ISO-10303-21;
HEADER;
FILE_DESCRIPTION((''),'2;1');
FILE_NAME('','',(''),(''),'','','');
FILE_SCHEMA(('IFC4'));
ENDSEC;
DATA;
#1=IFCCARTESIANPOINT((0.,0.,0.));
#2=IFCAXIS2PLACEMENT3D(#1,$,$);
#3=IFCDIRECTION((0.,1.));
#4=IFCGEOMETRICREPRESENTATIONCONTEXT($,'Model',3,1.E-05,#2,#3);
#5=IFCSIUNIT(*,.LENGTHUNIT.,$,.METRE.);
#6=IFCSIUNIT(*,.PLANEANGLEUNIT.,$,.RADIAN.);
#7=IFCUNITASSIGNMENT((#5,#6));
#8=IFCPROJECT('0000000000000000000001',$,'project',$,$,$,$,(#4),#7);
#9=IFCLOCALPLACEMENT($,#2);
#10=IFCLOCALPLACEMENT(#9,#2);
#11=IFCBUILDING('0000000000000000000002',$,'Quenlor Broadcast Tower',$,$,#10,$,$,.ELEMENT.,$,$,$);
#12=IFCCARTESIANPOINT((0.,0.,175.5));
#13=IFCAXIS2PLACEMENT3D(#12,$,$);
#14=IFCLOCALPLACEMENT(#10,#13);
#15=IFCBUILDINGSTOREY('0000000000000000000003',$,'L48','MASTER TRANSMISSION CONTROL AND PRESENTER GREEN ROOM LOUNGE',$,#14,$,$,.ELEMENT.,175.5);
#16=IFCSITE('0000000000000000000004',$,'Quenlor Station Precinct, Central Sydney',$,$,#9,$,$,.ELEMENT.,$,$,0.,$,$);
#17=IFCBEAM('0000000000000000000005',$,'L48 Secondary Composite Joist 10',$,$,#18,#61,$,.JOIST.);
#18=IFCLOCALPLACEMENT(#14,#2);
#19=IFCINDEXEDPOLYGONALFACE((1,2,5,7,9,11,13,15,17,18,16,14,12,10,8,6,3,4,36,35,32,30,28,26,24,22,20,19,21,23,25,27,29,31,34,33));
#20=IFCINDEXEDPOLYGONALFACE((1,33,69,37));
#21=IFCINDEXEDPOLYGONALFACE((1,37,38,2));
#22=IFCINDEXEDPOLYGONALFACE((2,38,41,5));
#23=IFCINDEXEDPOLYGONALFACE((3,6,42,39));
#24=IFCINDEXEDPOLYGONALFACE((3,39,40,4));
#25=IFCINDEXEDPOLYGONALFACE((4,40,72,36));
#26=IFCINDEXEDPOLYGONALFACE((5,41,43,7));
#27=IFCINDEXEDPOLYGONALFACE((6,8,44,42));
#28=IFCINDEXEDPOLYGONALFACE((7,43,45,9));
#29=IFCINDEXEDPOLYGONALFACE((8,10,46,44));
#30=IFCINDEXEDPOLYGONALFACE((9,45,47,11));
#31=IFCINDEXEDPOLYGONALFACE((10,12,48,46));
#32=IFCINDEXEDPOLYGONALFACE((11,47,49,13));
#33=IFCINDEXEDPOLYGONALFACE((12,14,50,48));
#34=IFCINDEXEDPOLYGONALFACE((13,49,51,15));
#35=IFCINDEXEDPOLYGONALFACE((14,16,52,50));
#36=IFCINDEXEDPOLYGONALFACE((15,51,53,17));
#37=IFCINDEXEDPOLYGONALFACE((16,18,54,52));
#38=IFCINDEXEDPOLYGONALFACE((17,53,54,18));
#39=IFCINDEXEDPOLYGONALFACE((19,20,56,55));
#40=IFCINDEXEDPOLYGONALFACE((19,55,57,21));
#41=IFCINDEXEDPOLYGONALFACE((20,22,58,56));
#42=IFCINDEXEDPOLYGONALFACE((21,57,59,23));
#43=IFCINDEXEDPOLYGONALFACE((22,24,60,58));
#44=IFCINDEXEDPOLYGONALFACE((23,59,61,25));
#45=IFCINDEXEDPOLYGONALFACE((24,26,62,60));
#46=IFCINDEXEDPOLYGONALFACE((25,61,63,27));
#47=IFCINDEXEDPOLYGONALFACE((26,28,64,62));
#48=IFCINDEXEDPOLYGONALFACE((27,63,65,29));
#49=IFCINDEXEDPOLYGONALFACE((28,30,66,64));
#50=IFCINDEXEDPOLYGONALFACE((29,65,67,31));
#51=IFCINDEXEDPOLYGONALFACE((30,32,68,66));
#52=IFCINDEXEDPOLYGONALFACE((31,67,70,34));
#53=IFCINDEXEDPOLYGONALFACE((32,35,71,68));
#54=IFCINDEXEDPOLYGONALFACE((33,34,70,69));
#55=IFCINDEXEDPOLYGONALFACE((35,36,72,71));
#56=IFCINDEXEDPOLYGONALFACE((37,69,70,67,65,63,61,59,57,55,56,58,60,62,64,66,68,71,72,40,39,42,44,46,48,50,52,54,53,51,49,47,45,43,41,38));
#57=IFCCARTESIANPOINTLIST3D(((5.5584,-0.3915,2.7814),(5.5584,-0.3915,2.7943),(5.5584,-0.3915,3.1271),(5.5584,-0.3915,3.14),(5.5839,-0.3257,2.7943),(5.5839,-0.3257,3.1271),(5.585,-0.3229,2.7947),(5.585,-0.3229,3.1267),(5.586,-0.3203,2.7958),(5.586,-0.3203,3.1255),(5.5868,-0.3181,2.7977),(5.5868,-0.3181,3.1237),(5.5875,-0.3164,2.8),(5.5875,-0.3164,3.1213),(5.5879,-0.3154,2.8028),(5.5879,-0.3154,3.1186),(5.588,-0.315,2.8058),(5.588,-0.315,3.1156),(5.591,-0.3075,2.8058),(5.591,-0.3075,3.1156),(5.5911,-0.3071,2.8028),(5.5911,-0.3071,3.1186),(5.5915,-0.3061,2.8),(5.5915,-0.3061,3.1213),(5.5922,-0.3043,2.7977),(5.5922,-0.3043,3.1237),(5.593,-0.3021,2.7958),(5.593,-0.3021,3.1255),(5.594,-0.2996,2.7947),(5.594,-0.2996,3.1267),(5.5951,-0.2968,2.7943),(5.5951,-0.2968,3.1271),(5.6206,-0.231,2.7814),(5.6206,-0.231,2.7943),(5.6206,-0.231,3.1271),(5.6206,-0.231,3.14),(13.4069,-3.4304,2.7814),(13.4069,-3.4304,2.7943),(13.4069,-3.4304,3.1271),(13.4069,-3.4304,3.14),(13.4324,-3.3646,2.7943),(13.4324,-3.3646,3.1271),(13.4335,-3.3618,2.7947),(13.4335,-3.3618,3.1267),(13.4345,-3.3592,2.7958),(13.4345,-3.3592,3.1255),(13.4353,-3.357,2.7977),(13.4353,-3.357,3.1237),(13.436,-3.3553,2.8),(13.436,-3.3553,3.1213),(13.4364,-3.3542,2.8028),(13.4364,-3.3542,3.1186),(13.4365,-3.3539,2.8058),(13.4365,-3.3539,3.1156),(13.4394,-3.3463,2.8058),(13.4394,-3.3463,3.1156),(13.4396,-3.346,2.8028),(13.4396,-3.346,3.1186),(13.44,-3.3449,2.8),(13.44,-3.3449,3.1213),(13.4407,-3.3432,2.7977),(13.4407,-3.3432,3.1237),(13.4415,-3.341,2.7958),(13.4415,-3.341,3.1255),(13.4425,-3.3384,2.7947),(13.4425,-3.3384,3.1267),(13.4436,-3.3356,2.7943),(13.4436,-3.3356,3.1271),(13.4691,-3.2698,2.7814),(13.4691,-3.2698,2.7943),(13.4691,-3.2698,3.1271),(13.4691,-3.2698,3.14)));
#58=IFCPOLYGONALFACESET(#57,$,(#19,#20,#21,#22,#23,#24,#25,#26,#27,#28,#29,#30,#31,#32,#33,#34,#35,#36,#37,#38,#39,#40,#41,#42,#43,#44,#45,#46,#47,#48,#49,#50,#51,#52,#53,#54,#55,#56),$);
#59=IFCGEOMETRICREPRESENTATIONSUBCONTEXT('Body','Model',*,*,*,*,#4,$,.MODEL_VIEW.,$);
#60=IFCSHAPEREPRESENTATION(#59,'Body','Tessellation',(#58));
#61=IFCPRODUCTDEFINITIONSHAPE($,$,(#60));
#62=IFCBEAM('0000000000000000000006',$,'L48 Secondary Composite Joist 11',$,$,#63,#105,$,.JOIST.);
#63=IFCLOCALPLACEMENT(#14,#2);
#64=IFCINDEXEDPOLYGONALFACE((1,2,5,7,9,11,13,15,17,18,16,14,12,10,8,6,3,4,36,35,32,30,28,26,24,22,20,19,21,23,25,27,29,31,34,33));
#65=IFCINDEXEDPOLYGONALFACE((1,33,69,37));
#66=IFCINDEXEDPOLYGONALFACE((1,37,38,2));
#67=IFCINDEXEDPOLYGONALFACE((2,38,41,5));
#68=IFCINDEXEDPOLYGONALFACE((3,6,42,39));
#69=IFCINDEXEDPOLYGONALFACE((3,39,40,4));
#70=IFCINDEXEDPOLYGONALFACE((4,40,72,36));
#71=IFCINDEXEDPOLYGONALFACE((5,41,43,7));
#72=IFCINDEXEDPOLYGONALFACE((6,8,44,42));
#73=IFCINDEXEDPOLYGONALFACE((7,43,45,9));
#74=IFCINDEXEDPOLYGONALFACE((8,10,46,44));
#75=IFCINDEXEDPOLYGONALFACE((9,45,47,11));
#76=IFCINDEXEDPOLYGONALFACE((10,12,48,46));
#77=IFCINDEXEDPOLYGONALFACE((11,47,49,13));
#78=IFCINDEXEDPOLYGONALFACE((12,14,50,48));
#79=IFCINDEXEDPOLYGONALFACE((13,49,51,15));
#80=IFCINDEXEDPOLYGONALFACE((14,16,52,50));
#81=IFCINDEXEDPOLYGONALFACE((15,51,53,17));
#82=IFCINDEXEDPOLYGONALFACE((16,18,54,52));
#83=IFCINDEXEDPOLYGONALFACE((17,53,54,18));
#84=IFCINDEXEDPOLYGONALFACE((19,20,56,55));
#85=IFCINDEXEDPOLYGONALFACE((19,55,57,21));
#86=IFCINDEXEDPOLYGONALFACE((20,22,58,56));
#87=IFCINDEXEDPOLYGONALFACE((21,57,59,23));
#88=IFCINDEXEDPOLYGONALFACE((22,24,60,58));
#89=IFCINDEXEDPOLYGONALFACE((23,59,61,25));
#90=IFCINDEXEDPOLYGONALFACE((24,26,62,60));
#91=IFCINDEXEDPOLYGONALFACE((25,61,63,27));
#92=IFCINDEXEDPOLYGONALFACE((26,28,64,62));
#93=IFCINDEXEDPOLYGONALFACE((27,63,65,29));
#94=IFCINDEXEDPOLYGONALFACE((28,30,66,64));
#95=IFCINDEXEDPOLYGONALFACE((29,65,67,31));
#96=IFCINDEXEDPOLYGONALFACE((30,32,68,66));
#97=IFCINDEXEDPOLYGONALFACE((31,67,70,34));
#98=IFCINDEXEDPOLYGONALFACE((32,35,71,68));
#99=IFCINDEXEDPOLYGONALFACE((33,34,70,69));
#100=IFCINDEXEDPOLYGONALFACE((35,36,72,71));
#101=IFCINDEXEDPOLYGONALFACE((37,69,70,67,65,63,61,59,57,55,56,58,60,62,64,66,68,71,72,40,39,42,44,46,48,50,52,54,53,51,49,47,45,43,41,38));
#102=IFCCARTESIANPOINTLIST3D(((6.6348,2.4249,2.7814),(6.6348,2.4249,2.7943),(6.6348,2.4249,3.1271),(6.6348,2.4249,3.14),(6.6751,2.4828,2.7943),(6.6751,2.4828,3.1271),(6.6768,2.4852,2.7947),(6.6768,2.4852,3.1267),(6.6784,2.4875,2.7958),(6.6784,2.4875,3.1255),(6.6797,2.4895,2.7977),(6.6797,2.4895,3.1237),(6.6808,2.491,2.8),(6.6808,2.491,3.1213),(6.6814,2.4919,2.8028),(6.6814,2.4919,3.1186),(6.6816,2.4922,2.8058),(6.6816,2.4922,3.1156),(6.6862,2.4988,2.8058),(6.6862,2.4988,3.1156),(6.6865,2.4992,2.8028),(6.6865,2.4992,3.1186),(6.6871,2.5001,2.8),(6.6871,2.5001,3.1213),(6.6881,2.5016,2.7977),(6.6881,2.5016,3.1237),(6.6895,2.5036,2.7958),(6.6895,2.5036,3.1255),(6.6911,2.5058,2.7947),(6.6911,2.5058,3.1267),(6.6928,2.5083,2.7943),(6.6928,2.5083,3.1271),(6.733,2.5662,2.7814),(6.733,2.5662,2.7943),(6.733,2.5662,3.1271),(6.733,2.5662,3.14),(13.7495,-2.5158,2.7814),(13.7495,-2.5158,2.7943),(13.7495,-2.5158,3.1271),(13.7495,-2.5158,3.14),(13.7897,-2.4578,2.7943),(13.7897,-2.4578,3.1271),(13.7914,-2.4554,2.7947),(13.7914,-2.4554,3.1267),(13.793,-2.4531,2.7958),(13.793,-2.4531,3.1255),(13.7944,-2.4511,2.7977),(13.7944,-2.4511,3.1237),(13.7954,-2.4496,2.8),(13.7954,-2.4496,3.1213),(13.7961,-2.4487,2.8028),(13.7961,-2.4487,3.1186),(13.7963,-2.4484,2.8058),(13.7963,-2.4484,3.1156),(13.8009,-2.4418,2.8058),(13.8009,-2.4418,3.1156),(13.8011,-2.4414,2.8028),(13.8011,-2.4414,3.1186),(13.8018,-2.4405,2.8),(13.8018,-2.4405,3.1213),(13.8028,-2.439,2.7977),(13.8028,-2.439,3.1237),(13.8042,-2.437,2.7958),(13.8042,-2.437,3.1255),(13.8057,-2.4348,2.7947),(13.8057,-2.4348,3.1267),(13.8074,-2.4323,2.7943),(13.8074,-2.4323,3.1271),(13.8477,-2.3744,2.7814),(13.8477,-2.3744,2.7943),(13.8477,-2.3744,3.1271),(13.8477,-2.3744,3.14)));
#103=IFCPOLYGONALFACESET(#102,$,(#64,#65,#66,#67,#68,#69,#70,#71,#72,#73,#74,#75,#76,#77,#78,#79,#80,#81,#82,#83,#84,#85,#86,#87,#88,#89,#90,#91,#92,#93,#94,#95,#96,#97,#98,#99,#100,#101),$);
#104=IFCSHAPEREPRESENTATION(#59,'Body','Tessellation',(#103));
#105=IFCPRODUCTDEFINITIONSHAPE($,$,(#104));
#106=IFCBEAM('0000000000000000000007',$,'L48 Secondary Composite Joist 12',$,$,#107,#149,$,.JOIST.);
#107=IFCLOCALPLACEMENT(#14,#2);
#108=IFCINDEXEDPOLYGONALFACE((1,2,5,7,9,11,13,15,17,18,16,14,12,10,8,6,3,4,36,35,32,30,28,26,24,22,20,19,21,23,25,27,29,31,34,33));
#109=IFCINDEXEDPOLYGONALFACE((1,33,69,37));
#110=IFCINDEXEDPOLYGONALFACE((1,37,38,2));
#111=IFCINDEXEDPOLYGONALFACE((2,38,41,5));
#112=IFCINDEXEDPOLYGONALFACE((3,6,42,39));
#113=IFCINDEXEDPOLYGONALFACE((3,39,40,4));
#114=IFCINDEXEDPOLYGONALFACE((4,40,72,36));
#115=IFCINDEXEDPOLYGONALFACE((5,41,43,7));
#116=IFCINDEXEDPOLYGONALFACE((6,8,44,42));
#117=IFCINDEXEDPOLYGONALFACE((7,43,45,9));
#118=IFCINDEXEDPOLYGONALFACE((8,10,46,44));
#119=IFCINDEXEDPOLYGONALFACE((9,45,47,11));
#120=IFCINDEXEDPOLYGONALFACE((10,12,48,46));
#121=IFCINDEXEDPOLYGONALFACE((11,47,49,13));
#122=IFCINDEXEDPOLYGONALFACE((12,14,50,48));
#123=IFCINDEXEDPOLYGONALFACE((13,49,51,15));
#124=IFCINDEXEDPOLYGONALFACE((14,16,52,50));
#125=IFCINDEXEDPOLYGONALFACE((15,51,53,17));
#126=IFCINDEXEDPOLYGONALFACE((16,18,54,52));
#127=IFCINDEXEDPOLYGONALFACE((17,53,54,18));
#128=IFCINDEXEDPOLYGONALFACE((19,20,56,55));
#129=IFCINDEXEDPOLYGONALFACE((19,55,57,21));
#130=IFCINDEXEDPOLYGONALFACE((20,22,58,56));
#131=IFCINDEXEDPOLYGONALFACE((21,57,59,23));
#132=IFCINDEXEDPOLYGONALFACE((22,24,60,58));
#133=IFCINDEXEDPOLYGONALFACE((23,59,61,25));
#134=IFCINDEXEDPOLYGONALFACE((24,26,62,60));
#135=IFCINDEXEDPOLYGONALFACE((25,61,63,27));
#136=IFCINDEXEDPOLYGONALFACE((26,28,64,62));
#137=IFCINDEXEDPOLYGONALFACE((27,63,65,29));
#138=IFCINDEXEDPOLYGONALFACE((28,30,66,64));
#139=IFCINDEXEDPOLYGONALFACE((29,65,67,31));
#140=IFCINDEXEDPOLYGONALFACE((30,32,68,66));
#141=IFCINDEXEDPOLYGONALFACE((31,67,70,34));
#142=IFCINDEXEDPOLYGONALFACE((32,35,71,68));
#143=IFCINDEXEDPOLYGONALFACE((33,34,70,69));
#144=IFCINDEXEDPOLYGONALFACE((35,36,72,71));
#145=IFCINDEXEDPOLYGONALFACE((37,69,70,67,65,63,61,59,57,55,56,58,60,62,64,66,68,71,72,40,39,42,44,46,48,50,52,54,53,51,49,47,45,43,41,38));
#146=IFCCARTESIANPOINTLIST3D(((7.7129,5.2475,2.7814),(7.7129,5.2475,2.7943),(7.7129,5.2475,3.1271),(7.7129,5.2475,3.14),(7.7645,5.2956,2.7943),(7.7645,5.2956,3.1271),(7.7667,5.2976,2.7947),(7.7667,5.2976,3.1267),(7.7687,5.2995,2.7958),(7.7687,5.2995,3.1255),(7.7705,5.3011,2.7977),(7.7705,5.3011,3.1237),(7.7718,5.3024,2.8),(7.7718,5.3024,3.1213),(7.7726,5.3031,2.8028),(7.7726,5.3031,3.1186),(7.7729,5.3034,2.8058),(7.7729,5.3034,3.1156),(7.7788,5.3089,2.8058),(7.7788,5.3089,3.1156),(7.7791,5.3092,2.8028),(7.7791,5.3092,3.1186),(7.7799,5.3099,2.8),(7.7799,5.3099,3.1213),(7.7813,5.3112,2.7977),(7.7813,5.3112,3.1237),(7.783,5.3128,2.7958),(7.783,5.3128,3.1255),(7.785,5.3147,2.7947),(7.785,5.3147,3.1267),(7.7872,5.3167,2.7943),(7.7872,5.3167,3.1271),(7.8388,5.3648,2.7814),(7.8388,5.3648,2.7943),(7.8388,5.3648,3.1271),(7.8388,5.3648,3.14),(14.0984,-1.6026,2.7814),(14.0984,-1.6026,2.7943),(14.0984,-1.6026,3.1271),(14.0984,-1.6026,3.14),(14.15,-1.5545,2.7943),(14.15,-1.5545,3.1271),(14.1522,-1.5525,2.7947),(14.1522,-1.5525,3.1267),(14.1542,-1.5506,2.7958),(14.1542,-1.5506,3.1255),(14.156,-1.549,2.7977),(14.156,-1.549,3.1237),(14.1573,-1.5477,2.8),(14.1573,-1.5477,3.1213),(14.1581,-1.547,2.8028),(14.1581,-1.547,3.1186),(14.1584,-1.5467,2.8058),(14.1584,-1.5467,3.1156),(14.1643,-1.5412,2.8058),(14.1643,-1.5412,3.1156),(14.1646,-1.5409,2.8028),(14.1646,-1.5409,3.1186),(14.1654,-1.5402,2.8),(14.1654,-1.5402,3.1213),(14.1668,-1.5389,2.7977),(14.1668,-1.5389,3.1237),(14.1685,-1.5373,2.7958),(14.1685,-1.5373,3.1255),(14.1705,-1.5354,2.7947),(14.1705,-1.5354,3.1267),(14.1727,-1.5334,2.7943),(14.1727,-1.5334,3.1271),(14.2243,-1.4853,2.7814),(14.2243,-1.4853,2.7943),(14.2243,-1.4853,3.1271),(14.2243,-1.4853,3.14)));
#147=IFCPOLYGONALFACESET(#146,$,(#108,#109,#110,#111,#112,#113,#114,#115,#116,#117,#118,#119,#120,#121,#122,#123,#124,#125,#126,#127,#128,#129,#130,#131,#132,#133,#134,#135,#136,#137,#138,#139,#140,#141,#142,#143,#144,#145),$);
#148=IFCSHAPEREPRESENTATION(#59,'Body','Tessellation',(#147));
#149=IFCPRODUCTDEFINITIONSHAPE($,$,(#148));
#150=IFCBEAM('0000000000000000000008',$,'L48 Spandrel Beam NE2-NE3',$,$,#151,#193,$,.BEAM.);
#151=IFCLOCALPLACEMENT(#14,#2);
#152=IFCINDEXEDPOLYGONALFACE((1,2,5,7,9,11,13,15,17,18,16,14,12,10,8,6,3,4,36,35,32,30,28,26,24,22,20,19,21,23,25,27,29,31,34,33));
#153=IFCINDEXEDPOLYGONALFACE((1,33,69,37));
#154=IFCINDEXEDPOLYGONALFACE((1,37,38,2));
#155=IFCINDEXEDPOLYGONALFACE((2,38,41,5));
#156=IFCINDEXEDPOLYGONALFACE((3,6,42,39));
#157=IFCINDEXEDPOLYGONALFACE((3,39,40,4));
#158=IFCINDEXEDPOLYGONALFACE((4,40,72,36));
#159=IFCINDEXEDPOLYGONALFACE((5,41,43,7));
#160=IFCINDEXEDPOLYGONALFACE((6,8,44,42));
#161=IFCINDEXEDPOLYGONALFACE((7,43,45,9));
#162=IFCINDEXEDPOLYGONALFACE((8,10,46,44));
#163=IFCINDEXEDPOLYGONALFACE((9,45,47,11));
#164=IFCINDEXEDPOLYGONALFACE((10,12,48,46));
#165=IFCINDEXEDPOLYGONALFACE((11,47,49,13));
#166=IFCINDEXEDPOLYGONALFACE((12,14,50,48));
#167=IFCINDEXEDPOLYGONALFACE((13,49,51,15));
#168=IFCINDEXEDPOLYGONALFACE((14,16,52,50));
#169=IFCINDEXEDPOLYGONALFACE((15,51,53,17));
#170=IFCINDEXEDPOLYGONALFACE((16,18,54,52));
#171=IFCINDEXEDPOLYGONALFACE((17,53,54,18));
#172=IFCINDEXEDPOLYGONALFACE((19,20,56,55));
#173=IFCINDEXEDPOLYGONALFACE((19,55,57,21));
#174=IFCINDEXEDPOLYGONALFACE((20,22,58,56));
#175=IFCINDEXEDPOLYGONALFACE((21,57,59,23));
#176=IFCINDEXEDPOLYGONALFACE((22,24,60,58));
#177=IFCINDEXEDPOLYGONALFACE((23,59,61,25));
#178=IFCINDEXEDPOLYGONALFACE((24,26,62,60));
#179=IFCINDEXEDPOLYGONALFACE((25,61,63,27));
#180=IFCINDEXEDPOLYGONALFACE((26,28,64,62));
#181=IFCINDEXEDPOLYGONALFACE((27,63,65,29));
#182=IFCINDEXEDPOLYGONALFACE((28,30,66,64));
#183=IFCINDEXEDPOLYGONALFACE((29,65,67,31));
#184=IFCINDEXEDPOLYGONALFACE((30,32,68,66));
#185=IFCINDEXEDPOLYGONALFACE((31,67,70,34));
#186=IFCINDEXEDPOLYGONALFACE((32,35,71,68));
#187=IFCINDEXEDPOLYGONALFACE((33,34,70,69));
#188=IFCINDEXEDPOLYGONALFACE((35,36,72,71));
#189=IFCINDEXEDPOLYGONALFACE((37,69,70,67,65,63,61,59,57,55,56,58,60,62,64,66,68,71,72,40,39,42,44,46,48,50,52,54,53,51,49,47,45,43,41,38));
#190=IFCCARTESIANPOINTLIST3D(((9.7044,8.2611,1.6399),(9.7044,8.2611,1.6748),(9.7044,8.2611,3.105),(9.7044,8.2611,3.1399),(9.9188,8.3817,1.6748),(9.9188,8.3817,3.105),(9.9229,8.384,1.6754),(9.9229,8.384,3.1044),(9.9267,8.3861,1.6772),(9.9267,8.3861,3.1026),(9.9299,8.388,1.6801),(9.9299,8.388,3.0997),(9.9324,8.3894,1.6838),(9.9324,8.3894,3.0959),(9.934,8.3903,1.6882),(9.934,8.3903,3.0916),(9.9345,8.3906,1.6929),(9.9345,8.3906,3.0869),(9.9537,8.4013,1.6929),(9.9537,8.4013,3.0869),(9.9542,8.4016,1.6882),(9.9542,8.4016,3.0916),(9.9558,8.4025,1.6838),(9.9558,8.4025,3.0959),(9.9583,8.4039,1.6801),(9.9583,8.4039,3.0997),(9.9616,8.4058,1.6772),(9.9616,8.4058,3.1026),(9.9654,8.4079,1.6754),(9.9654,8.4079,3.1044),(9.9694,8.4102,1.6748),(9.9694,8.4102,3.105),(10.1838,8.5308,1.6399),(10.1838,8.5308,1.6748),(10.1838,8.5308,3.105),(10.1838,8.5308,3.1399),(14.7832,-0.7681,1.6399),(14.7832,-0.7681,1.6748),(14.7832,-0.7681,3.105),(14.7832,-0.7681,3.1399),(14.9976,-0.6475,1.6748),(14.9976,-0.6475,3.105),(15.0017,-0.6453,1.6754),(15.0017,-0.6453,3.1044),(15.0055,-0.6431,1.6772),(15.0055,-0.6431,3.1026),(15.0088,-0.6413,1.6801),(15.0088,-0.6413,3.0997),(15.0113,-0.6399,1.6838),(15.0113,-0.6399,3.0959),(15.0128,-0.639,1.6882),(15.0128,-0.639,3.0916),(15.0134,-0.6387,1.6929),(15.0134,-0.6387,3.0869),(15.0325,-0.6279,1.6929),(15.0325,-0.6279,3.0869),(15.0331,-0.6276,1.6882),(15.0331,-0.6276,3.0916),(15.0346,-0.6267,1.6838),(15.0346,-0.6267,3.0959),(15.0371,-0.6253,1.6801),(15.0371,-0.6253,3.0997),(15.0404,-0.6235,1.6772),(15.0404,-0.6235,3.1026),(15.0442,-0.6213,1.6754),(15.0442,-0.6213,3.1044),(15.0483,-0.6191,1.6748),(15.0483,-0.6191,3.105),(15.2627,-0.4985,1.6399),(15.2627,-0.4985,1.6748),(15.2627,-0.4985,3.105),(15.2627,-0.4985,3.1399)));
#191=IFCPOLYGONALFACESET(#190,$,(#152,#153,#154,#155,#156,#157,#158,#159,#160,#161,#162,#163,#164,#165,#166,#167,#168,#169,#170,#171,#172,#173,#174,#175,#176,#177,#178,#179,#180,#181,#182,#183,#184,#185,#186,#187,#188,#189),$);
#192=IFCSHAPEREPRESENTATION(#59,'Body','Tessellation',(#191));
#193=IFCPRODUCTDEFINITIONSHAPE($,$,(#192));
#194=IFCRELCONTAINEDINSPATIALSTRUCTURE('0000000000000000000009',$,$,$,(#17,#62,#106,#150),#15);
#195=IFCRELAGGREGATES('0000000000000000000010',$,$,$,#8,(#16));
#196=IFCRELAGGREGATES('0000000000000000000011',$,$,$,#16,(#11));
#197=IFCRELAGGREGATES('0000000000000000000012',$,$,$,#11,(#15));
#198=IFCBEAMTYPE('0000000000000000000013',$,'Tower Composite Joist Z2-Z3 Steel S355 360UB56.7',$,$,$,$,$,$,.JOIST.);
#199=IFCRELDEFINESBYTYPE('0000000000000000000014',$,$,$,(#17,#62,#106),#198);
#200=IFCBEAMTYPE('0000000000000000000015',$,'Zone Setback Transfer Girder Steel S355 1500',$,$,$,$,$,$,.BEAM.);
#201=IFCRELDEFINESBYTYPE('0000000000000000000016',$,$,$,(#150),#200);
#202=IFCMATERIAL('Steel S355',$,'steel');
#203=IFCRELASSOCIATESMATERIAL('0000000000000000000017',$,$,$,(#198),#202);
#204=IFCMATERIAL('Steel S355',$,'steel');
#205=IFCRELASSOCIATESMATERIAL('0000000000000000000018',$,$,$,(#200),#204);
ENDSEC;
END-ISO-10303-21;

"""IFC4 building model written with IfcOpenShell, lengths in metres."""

from ifc_helpers import new_model, si_unit, direction, frame, origin, origin_2d, place, context, subcontext, project, spatial, i_section, extrude, material, material_profile, profile_set, type_object, element, save


model = new_model("IFC4")

# Units and contexts
model_context = context("Model", 3, precision=1e-05, world=origin(), true_north=direction((0.0, 1.0)))
body_context = subcontext(model_context, "Body", "Model", "MODEL_VIEW")
ifc_project = project(units=[si_unit("LENGTHUNIT", "METRE"), si_unit("PLANEANGLEUNIT", "RADIAN")], contexts=[model_context])

# Site, building, storey
site_placement = place(None, origin())
site = spatial("IfcSite", under=ifc_project, at=site_placement, Name="Quenlor Station Precinct, Central Sydney", CompositionType="ELEMENT", RefElevation=0.0)
building_placement = place(site_placement, origin())
building = spatial("IfcBuilding", under=site, at=building_placement, Name="Quenlor Broadcast Tower", CompositionType="ELEMENT")
storey_placement = place(building_placement, frame((0.0, 0.0, 175.5)))
storey = spatial("IfcBuildingStorey", under=building, at=storey_placement, Name="L48", Description="MASTER TRANSMISSION CONTROL AND PRESENTER GREEN ROOM LOUNGE", CompositionType="ELEMENT", Elevation=175.5)

# Beams
ifc_material_1 = material(Name="Steel S355", Category="steel")
ifc_material_profile_1 = material_profile(ifc_material_1, i_section(OverallWidth=0.1721, OverallDepth=0.3586, WebThickness=0.0081, FlangeThickness=0.0129, FilletRadius=0.0115, at=origin_2d()))
ifc_profile_set_1 = profile_set([ifc_material_profile_1], Name="Steel S355 360UB56.7")
beam_type_1 = type_object("IfcBeamType", Name="Tower Composite Joist Z2-Z3 Steel S355 360UB56.7", PredefinedType="JOIST", material=ifc_profile_set_1)
beam_1_placement = place(storey_placement, frame((13.438, -3.3501, 2.9607), z_axis=(-0.932539, 0.36107, 0.0), x_axis=(-0.36107, -0.932539, 0.0)))
element("IfcBeam", 1, at=beam_1_placement, inside=storey, type_object=beam_type_1, Name="L48 Secondary Composite Joist 10", PredefinedType="JOIST", context=body_context, shape_type="SweptSolid", body=[
    extrude(i_section(OverallWidth=0.1721, OverallDepth=0.3586, WebThickness=0.0081, FlangeThickness=0.0129, FilletRadius=0.0115, at=origin_2d()), origin(), (0.0, 0.0, 1.0), 8.4163),
])
beam_2_placement = place(storey_placement, frame((13.7986, -2.4451, 2.9607), z_axis=(-0.821377, 0.570386, 0.0), x_axis=(-0.570386, -0.821377, 0.0)))
element("IfcBeam", 2, at=beam_2_placement, inside=storey, type_object=beam_type_1, Name="L48 Secondary Composite Joist 11", PredefinedType="JOIST", context=body_context, shape_type="SweptSolid", body=[
    extrude(i_section(OverallWidth=0.1721, OverallDepth=0.3586, WebThickness=0.0081, FlangeThickness=0.0129, FilletRadius=0.0115, at=origin_2d()), origin(), (0.0, 0.0, 1.0), 8.6619),
])
beam_3_placement = place(storey_placement, frame((14.1614, -1.5439, 2.9607), z_axis=(-0.681866, 0.731477, 0.0), x_axis=(-0.731477, -0.681866, 0.0)))
element("IfcBeam", 3, at=beam_3_placement, inside=storey, type_object=beam_type_1, Name="L48 Secondary Composite Joist 12", PredefinedType="JOIST", context=body_context, shape_type="SweptSolid", body=[
    extrude(i_section(OverallWidth=0.1721, OverallDepth=0.3586, WebThickness=0.0081, FlangeThickness=0.0129, FilletRadius=0.0115, at=origin_2d()), origin(), (0.0, 0.0, 1.0), 9.3647),
])
ifc_material_2 = material(Name="Steel S355", Category="steel")
ifc_material_profile_2 = material_profile(ifc_material_2, i_section(OverallWidth=0.55, OverallDepth=1.5, WebThickness=0.022, FlangeThickness=0.0349, FilletRadius=0.0181, at=origin_2d()))
ifc_profile_set_2 = profile_set([ifc_material_profile_2], Name="Steel S355 1500TG510")
beam_type_2 = type_object("IfcBeamType", Name="Zone Setback Transfer Girder Steel S355 1500", PredefinedType="BEAM", material=ifc_profile_set_2)
beam_4_placement = place(storey_placement, frame((15.0229, -0.6333, 2.3899), z_axis=(-0.490252, 0.871581, 0.0), x_axis=(-0.871581, -0.490252, 0.0)))
element("IfcBeam", 4, at=beam_4_placement, inside=storey, type_object=beam_type_2, Name="L48 Spandrel Beam NE2-NE3", PredefinedType="BEAM", context=body_context, shape_type="SweptSolid", body=[
    extrude(i_section(OverallWidth=0.55, OverallDepth=1.5, WebThickness=0.022, FlangeThickness=0.0349, FilletRadius=0.0181, at=origin_2d()), origin(), (0.0, 0.0, 1.0), 10.3596),
])

save(model, "model.ifc")
